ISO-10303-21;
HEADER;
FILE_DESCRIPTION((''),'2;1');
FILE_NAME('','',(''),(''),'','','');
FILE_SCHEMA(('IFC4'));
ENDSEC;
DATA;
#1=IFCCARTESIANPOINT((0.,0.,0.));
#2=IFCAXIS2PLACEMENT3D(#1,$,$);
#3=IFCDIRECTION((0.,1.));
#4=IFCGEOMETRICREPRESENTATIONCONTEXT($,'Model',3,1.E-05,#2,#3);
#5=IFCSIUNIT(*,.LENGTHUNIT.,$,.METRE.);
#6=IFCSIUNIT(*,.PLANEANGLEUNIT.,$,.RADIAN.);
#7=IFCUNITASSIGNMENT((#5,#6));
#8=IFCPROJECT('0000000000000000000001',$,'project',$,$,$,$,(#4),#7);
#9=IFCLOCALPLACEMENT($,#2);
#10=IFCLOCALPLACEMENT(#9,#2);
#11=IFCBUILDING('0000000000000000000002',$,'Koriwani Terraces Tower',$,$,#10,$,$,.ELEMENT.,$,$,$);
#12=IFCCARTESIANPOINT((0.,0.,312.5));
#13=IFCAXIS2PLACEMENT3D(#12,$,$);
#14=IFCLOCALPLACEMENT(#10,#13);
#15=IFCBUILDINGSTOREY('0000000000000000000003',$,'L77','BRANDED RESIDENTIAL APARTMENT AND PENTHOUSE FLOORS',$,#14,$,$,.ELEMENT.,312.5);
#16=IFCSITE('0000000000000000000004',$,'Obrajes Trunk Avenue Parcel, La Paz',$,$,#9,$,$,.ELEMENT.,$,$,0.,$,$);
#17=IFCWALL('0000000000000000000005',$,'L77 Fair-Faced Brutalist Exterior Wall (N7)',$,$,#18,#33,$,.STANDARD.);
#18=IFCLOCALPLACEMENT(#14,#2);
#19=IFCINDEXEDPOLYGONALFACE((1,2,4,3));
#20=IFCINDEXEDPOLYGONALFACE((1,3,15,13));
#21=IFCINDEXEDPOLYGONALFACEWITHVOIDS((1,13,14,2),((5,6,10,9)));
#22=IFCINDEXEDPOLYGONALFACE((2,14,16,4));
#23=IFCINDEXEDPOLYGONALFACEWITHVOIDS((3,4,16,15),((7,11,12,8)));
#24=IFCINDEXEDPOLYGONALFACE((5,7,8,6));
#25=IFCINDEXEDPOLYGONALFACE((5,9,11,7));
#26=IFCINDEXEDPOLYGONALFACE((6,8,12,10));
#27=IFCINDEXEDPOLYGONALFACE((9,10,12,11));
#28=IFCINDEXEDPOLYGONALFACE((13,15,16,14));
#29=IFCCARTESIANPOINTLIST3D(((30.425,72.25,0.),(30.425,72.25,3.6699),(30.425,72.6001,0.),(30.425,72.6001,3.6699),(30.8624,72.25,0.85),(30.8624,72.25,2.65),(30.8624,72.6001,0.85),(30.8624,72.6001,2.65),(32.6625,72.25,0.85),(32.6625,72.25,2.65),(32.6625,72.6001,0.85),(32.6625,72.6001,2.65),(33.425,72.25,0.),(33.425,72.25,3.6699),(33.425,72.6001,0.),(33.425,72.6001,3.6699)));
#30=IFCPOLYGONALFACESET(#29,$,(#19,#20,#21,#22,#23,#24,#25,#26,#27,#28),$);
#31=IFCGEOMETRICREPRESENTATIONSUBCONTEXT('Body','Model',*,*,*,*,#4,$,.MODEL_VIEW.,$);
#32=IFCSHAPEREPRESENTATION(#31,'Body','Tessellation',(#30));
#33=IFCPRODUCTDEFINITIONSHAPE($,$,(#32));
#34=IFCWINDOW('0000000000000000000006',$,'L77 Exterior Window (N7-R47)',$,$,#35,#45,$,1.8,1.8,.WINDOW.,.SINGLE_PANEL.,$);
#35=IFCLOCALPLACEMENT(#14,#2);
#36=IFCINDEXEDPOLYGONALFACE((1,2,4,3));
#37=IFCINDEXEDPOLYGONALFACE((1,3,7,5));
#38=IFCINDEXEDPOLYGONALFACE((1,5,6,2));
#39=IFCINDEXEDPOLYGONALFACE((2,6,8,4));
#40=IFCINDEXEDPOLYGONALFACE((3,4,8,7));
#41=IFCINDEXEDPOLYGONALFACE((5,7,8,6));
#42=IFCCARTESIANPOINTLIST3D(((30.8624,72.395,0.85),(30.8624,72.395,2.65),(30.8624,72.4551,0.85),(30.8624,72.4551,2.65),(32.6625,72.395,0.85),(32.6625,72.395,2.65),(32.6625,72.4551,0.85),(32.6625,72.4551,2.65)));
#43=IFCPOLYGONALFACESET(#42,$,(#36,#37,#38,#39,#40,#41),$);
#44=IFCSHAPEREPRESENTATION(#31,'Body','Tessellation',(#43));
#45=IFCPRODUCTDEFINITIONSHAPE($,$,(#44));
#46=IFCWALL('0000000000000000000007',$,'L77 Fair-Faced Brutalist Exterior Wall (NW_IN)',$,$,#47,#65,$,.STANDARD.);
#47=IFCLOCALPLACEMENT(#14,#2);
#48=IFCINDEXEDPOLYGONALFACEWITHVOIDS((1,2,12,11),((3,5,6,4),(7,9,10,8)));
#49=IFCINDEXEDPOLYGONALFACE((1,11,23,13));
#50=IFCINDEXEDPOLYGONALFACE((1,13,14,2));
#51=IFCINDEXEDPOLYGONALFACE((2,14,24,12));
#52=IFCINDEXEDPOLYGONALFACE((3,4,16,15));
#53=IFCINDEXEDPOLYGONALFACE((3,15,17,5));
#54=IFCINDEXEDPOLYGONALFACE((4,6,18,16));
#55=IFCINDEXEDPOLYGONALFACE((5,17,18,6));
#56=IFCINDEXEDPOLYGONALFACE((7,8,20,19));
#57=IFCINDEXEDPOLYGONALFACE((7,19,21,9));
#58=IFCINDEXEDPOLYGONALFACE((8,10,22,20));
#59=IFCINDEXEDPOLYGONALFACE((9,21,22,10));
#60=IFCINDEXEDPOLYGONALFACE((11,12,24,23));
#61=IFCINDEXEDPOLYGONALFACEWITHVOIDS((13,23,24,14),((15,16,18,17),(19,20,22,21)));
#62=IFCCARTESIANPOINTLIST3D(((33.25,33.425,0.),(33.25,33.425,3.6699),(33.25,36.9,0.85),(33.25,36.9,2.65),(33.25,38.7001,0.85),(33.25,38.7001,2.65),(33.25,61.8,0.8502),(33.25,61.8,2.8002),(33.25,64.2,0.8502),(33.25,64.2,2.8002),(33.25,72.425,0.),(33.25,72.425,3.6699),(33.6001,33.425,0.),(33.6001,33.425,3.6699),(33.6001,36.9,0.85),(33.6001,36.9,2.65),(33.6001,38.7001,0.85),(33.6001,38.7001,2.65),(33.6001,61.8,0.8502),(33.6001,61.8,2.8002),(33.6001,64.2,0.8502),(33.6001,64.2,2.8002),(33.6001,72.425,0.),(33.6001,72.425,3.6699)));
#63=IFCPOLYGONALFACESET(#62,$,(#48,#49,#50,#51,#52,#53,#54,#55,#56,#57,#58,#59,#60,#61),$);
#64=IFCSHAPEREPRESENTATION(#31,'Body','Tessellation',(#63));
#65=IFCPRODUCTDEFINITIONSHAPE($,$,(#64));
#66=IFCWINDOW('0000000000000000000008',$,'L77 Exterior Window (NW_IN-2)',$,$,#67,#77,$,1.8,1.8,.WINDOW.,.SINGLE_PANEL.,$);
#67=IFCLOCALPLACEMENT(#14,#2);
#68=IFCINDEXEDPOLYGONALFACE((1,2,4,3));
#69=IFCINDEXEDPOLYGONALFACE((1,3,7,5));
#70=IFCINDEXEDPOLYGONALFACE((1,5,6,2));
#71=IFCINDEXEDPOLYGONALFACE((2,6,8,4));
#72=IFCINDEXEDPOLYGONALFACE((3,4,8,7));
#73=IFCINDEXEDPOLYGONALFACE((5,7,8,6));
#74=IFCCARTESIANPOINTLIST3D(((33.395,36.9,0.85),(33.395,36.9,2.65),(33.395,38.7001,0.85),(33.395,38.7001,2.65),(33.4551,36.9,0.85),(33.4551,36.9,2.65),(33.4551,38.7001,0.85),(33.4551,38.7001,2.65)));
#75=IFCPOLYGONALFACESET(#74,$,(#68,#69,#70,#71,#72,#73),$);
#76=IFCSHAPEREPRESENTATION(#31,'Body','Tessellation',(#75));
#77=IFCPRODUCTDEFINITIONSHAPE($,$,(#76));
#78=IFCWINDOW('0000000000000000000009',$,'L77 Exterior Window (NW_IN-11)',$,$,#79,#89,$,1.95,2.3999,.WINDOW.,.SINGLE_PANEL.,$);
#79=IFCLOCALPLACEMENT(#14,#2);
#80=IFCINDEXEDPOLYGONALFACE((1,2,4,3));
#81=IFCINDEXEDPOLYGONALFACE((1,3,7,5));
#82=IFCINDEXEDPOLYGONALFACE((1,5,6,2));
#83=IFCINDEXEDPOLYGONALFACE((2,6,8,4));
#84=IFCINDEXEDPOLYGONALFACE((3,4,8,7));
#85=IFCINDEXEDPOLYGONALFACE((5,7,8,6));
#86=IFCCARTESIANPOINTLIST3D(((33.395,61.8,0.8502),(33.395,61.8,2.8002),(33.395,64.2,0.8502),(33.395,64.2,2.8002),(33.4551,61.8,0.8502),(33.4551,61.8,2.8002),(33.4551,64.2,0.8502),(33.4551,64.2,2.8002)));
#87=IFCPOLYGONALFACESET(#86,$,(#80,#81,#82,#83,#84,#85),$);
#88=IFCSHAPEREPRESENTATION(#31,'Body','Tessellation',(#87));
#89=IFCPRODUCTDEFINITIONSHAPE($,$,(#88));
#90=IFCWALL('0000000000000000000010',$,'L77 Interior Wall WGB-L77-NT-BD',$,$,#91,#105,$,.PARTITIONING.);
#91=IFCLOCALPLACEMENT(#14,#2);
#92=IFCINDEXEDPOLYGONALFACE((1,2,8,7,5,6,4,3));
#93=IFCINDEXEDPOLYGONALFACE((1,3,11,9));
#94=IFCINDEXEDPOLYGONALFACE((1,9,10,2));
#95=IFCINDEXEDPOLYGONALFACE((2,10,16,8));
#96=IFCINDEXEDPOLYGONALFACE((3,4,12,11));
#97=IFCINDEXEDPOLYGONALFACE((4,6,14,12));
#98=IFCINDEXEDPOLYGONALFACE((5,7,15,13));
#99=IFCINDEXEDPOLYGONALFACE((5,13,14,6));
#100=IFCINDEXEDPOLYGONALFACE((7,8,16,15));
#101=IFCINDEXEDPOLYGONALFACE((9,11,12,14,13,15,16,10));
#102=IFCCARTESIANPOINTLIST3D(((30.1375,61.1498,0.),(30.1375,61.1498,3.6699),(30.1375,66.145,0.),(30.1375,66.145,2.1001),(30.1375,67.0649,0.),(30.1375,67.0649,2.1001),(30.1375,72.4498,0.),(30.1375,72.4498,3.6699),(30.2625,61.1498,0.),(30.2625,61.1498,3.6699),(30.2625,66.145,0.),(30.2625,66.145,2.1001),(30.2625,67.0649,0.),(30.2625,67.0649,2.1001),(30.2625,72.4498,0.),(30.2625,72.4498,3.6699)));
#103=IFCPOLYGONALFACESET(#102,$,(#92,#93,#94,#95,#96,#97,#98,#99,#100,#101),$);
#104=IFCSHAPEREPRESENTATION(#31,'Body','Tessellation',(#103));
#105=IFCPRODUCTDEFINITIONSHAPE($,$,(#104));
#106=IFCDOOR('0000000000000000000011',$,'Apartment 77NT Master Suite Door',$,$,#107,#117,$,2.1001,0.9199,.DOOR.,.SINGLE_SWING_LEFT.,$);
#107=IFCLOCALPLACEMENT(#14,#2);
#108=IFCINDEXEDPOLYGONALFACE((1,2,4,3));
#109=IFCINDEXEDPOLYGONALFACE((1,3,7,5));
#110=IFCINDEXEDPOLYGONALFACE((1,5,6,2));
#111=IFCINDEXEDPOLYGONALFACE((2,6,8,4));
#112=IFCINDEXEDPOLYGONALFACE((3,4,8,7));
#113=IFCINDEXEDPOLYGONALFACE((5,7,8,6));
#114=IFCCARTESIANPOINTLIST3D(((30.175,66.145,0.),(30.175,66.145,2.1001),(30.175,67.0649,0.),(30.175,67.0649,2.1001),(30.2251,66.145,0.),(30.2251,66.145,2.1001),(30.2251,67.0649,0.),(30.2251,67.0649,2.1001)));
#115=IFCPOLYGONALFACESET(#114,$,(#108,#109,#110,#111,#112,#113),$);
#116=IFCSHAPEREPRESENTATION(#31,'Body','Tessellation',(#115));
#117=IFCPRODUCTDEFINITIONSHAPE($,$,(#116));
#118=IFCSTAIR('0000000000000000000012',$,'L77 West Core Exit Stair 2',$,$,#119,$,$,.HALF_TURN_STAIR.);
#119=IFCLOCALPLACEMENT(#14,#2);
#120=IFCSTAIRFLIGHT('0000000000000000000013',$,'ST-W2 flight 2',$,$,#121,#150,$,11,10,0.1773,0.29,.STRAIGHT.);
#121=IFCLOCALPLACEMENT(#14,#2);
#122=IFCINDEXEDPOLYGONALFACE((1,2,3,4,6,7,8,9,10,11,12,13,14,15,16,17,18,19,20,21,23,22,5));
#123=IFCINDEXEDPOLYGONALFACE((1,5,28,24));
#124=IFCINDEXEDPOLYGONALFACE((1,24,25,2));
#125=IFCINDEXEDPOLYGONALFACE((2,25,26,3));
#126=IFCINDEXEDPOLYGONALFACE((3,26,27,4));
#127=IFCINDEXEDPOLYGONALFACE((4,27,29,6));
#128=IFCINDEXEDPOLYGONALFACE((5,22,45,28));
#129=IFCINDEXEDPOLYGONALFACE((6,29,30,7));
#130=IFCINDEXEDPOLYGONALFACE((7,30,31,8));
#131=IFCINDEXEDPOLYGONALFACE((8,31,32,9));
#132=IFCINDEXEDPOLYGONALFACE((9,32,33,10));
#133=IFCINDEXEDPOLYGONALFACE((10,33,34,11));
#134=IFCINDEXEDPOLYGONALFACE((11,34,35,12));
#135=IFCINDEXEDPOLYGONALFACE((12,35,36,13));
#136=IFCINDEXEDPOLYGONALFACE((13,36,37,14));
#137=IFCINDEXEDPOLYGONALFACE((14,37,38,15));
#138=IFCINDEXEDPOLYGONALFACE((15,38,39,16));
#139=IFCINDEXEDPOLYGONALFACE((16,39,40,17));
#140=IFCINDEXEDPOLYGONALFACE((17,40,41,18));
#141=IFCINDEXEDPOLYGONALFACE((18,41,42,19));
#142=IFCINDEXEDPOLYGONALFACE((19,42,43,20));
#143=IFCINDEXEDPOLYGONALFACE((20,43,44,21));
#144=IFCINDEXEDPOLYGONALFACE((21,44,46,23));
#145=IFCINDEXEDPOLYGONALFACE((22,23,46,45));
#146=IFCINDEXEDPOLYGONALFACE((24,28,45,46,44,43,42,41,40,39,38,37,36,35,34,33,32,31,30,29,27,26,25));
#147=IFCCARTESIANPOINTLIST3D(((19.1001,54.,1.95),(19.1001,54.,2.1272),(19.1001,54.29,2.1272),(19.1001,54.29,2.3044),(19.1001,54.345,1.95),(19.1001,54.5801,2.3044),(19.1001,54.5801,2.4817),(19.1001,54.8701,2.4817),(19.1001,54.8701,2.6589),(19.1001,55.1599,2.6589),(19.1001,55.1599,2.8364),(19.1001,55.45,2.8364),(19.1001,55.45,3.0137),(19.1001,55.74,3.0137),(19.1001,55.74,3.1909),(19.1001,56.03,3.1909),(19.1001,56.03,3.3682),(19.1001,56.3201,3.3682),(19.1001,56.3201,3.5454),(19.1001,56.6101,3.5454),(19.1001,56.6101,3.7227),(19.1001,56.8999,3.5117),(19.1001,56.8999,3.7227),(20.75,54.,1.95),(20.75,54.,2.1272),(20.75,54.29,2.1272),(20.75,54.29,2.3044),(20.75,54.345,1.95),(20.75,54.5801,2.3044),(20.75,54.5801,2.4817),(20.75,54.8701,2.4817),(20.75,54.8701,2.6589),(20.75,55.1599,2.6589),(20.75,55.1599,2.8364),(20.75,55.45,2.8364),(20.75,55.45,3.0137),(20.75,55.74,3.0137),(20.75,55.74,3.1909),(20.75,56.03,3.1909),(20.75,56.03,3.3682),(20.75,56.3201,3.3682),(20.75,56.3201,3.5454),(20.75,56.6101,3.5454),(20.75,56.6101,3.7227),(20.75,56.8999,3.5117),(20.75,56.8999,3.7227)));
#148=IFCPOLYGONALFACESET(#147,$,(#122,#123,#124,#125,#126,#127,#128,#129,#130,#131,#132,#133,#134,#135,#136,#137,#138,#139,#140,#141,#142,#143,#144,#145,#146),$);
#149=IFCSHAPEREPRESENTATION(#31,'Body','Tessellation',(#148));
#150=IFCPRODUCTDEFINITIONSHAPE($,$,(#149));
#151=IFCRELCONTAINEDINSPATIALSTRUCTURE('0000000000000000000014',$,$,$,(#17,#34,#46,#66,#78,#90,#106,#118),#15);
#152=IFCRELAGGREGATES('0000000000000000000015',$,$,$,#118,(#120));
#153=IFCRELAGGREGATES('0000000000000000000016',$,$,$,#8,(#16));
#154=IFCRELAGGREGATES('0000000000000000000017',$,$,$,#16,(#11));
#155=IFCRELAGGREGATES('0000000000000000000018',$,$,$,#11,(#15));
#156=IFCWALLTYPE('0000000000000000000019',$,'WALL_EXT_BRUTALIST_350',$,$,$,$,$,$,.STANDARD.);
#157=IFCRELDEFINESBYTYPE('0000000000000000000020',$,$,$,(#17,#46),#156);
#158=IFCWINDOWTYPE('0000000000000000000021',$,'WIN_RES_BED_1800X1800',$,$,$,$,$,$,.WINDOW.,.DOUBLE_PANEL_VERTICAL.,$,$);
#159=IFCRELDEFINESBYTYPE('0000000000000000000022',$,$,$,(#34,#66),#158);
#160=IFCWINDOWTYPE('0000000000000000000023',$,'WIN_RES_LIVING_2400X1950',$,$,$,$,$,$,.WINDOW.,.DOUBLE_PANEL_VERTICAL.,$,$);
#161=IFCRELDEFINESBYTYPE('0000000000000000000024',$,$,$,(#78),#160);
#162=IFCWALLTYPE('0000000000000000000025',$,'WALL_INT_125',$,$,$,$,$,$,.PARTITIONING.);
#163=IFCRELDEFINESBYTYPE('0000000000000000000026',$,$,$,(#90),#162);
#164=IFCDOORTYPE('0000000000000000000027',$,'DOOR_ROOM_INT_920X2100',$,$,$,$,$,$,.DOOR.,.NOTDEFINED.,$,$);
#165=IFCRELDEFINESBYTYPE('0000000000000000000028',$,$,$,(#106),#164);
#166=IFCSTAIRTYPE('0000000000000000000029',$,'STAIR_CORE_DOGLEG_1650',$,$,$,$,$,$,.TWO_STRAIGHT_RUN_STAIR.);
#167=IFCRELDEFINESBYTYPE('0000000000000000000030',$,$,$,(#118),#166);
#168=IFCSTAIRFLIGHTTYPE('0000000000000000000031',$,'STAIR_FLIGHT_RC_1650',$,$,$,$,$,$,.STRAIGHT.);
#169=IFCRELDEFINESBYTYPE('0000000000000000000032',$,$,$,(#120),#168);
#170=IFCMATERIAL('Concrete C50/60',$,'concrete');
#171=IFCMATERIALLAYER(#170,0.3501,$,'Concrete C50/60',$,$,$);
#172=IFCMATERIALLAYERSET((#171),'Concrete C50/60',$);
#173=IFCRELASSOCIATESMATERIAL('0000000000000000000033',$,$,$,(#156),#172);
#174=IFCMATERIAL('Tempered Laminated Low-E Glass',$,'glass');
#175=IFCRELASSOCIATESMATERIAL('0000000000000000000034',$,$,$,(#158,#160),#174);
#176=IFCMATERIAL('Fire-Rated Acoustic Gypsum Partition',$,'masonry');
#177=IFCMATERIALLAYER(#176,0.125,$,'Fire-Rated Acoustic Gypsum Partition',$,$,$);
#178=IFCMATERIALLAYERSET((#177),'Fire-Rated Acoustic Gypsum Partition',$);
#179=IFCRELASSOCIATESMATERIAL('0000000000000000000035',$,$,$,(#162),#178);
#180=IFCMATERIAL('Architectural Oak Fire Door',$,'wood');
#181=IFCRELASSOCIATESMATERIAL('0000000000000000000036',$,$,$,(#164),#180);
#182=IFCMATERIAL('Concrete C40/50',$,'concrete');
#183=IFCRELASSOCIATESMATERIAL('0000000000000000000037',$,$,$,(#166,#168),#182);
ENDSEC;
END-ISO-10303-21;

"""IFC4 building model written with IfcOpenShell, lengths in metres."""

from ifc_helpers import new_model, si_unit, direction, frame, frame_2d, origin, place, context, subcontext, project, spatial, polyline, rectangle, outline, extrude, material, layer, layer_set, type_object, element, fill, aggregate, save


model = new_model("IFC4")

# Units and contexts
model_context = context("Model", 3, precision=1e-05, world=origin(), true_north=direction((0.0, 1.0)))
body_context = subcontext(model_context, "Body", "Model", "MODEL_VIEW")
ifc_project = project(units=[si_unit("LENGTHUNIT", "METRE"), si_unit("PLANEANGLEUNIT", "RADIAN")], contexts=[model_context])

# Site, building, storey
site_placement = place(None, origin())
site = spatial("IfcSite", under=ifc_project, at=site_placement, Name="Obrajes Trunk Avenue Parcel, La Paz", CompositionType="ELEMENT", RefElevation=0.0)
building_placement = place(site_placement, origin())
building = spatial("IfcBuilding", under=site, at=building_placement, Name="Koriwani Terraces Tower", CompositionType="ELEMENT")
storey_placement = place(building_placement, frame((0.0, 0.0, 312.5)))
storey = spatial("IfcBuildingStorey", under=building, at=storey_placement, Name="L77", Description="BRANDED RESIDENTIAL APARTMENT AND PENTHOUSE FLOORS", CompositionType="ELEMENT", Elevation=312.5)

# Shared definitions
ifc_material_1 = material(Name="Concrete C50/60", Category="concrete")

# Shared definitions
ifc_material_2 = material(Name="Concrete C40/50", Category="concrete")

# Shared definitions
ifc_layer_1 = layer(ifc_material_1, 0.3501, Name="Concrete C50/60")
ifc_layer_set_1 = layer_set([ifc_layer_1], Name="Concrete C50/60")
wall_type_1 = type_object("IfcWallType", Name="WALL_EXT_BRUTALIST_350", PredefinedType="STANDARD", material=ifc_layer_set_1)

# Wall, opening, window
wall_1_placement = place(storey_placement, frame((30.425, 72.425, 0.0), z_axis=(0.0, 0.0, 1.0), x_axis=(1.0, 0.0, 0.0)))
wall_1 = element("IfcWall", 1, at=wall_1_placement, inside=storey, type_object=wall_type_1, Name="L77 Fair-Faced Brutalist Exterior Wall (N7)", PredefinedType="STANDARD", context=body_context, shape_type="SweptSolid", body=[
    extrude(rectangle(XDim=3.0, YDim=0.3501, at=frame_2d((1.5, 0.0))), origin(), (0.0, 0.0, 1.0), 3.6699),
])
opening_1_placement = place(wall_1_placement, frame((0.4375, 0.0, 0.8501)))
opening_1 = element("IfcOpeningElement", 2, at=opening_1_placement, cuts=wall_1, PredefinedType="OPENING", context=body_context, shape_type="SweptSolid", body=[
    extrude(rectangle(XDim=1.8, YDim=1.8, at=frame_2d((0.8999, 0.8999))), frame((0.0, 0.1851, 0.0), z_axis=(0.0, -1.0, 0.0), x_axis=(1.0, 0.0, 0.0)), (0.0, 0.0, 1.0), 0.3701),
])
ifc_material_3 = material(Name="Tempered Laminated Low-E Glass", Category="glass")
window_type_1 = type_object("IfcWindowType", Name="WIN_RES_BED_1800X1800", PartitioningType="DOUBLE_PANEL_VERTICAL", PredefinedType="WINDOW", material=ifc_material_3)
window_1_placement = place(opening_1_placement, origin())
window_1 = element("IfcWindow", 3, at=window_1_placement, inside=storey, type_object=window_type_1, Name="L77 Exterior Window (N7-R47)", OverallHeight=1.8, OverallWidth=1.8, PartitioningType="SINGLE_PANEL", PredefinedType="WINDOW", context=body_context, shape_type="SweptSolid", body=[
    extrude(rectangle(XDim=1.8, YDim=1.8, at=frame_2d((0.8999, 0.8999))), frame((0.0, 0.03, 0.0), z_axis=(0.0, -1.0, 0.0), x_axis=(1.0, 0.0, 0.0)), (0.0, 0.0, 1.0), 0.0601),
])
fill(opening_1, window_1)

# Wall, openings, windows
wall_2_placement = place(storey_placement, frame((33.425, 72.425, 0.0), z_axis=(0.0, 0.0, 1.0), x_axis=(0.0, -1.0, 0.0)))
wall_2 = element("IfcWall", 4, at=wall_2_placement, inside=storey, type_object=wall_type_1, Name="L77 Fair-Faced Brutalist Exterior Wall (NW_IN)", PredefinedType="STANDARD", context=body_context, shape_type="SweptSolid", body=[
    extrude(rectangle(XDim=39.0, YDim=0.3501, at=frame_2d((19.5, 0.0))), origin(), (0.0, 0.0, 1.0), 3.6699),
])
opening_2_placement = place(wall_2_placement, frame((33.7251, 0.0, 0.8501)))
opening_2 = element("IfcOpeningElement", 5, at=opening_2_placement, cuts=wall_2, PredefinedType="OPENING", context=body_context, shape_type="SweptSolid", body=[
    extrude(rectangle(XDim=1.8, YDim=1.8, at=frame_2d((0.8999, 0.8999))), frame((0.0, 0.1851, 0.0), z_axis=(0.0, -1.0, 0.0), x_axis=(1.0, 0.0, 0.0)), (0.0, 0.0, 1.0), 0.3701),
])
opening_3_placement = place(wall_2_placement, frame((8.2251, 0.0, 0.8501)))
opening_3 = element("IfcOpeningElement", 6, at=opening_3_placement, cuts=wall_2, PredefinedType="OPENING", context=body_context, shape_type="SweptSolid", body=[
    extrude(rectangle(XDim=2.3999, YDim=1.95, at=frame_2d((1.2, 0.9751))), frame((0.0, 0.1851, 0.0), z_axis=(0.0, -1.0, 0.0), x_axis=(1.0, 0.0, 0.0)), (0.0, 0.0, 1.0), 0.3701),
])
window_2_placement = place(opening_2_placement, origin())
window_2 = element("IfcWindow", 7, at=window_2_placement, inside=storey, type_object=window_type_1, Name="L77 Exterior Window (NW_IN-2)", OverallHeight=1.8, OverallWidth=1.8, PartitioningType="SINGLE_PANEL", PredefinedType="WINDOW", context=body_context, shape_type="SweptSolid", body=[
    extrude(rectangle(XDim=1.8, YDim=1.8, at=frame_2d((0.8999, 0.8999))), frame((0.0, 0.03, 0.0), z_axis=(0.0, -1.0, 0.0), x_axis=(1.0, 0.0, 0.0)), (0.0, 0.0, 1.0), 0.0601),
])
fill(opening_2, window_2)
window_type_2 = type_object("IfcWindowType", Name="WIN_RES_LIVING_2400X1950", PartitioningType="DOUBLE_PANEL_VERTICAL", PredefinedType="WINDOW", material=ifc_material_3)
window_3_placement = place(opening_3_placement, origin())
window_3 = element("IfcWindow", 8, at=window_3_placement, inside=storey, type_object=window_type_2, Name="L77 Exterior Window (NW_IN-11)", OverallHeight=1.95, OverallWidth=2.3999, PartitioningType="SINGLE_PANEL", PredefinedType="WINDOW", context=body_context, shape_type="SweptSolid", body=[
    extrude(rectangle(XDim=2.3999, YDim=1.95, at=frame_2d((1.2, 0.9751))), frame((0.0, 0.03, 0.0), z_axis=(0.0, -1.0, 0.0), x_axis=(1.0, 0.0, 0.0)), (0.0, 0.0, 1.0), 0.0601),
])
fill(opening_3, window_3)

# Wall, opening, door
ifc_material_4 = material(Name="Fire-Rated Acoustic Gypsum Partition", Category="masonry")
ifc_layer_2 = layer(ifc_material_4, 0.125, Name="Fire-Rated Acoustic Gypsum Partition")
ifc_layer_set_2 = layer_set([ifc_layer_2], Name="Fire-Rated Acoustic Gypsum Partition")
wall_type_2 = type_object("IfcWallType", Name="WALL_INT_125", PredefinedType="PARTITIONING", material=ifc_layer_set_2)
wall_3_placement = place(storey_placement, frame((30.2, 61.1499, 0.0), z_axis=(0.0, 0.0, 1.0), x_axis=(0.0, 1.0, 0.0)))
wall_3 = element("IfcWall", 9, at=wall_3_placement, inside=storey, type_object=wall_type_2, Name="L77 Interior Wall WGB-L77-NT-BD", PredefinedType="PARTITIONING", context=body_context, shape_type="SweptSolid", body=[
    extrude(rectangle(XDim=11.3, YDim=0.125, at=frame_2d((5.6499, 0.0))), origin(), (0.0, 0.0, 1.0), 3.6699),
])
opening_4_placement = place(wall_3_placement, frame((4.9951, 0.0, 0.0)))
opening_4 = element("IfcOpeningElement", 10, at=opening_4_placement, cuts=wall_3, PredefinedType="OPENING", context=body_context, shape_type="SweptSolid", body=[
    extrude(rectangle(XDim=0.9199, YDim=2.1001, at=frame_2d((0.46, 1.05))), frame((0.0, 0.0725, 0.0), z_axis=(0.0, -1.0, 0.0), x_axis=(1.0, 0.0, 0.0)), (0.0, 0.0, 1.0), 0.145),
])
ifc_material_5 = material(Name="Architectural Oak Fire Door", Category="wood")
door_type_1 = type_object("IfcDoorType", Name="DOOR_ROOM_INT_920X2100", OperationType="NOTDEFINED", PredefinedType="DOOR", material=ifc_material_5)
door_1_placement = place(opening_4_placement, origin())
door_1 = element("IfcDoor", 11, at=door_1_placement, inside=storey, type_object=door_type_1, Name="Apartment 77NT Master Suite Door", OperationType="SINGLE_SWING_LEFT", OverallHeight=2.1001, OverallWidth=0.9199, PredefinedType="DOOR", context=body_context, shape_type="SweptSolid", body=[
    extrude(rectangle(XDim=0.9199, YDim=2.1001, at=frame_2d((0.46, 1.05))), frame((0.0, 0.0249, 0.0), z_axis=(0.0, -1.0, 0.0), x_axis=(1.0, 0.0, 0.0)), (0.0, 0.0, 1.0), 0.05),
])
fill(opening_4, door_1)

# Stair, stair flight
stair_type = type_object("IfcStairType", Name="STAIR_CORE_DOGLEG_1650", PredefinedType="TWO_STRAIGHT_RUN_STAIR", material=ifc_material_2)
stair_placement = place(storey_placement, origin())
stair = element("IfcStair", 12, at=stair_placement, inside=storey, type_object=stair_type, Name="L77 West Core Exit Stair 2", PredefinedType="HALF_TURN_STAIR")
stair_flight_type = type_object("IfcStairFlightType", Name="STAIR_FLIGHT_RC_1650", PredefinedType="STRAIGHT", material=ifc_material_2)
stair_flight_placement = place(storey_placement, frame((19.925, 54.0, 1.95), z_axis=(0.0, 0.0, 1.0), x_axis=(0.0, 1.0, 0.0)))
stair_flight = element("IfcStairFlight", 13, at=stair_flight_placement, type_object=stair_flight_type, Name="ST-W2 flight 2", NumberOfRisers=11, NumberOfTreads=10, PredefinedType="STRAIGHT", RiserHeight=0.1773, TreadLength=0.29, context=body_context, shape_type="SweptSolid", body=[
    extrude(outline(polyline([(0.0, 0.0), (0.0, 0.1772), (0.29, 0.1772), (0.29, 0.3545), (0.5801, 0.3545), (0.5801, 0.5317), (0.8701, 0.5317), (0.8701, 0.709), (1.1599, 0.709), (1.1599, 0.8865), (1.45, 0.8865), (1.45, 1.0637), (1.74, 1.0637), (1.74, 1.241), (2.03, 1.241), (2.03, 1.4182), (2.3201, 1.4182), (2.3201, 1.5955), (2.6101, 1.5955), (2.6101, 1.7727), (2.8999, 1.7727), (2.8999, 1.95), (2.8999, 1.5618), (0.345, 0.0), (0.0, 0.0)])), frame((0.0, 0.825, 0.0), z_axis=(0.0, -1.0, 0.0), x_axis=(1.0, 0.0, 0.0)), (0.0, 0.0, 1.0), 1.6499),
])
aggregate(stair, [stair_flight])

save(model, "model.ifc")
